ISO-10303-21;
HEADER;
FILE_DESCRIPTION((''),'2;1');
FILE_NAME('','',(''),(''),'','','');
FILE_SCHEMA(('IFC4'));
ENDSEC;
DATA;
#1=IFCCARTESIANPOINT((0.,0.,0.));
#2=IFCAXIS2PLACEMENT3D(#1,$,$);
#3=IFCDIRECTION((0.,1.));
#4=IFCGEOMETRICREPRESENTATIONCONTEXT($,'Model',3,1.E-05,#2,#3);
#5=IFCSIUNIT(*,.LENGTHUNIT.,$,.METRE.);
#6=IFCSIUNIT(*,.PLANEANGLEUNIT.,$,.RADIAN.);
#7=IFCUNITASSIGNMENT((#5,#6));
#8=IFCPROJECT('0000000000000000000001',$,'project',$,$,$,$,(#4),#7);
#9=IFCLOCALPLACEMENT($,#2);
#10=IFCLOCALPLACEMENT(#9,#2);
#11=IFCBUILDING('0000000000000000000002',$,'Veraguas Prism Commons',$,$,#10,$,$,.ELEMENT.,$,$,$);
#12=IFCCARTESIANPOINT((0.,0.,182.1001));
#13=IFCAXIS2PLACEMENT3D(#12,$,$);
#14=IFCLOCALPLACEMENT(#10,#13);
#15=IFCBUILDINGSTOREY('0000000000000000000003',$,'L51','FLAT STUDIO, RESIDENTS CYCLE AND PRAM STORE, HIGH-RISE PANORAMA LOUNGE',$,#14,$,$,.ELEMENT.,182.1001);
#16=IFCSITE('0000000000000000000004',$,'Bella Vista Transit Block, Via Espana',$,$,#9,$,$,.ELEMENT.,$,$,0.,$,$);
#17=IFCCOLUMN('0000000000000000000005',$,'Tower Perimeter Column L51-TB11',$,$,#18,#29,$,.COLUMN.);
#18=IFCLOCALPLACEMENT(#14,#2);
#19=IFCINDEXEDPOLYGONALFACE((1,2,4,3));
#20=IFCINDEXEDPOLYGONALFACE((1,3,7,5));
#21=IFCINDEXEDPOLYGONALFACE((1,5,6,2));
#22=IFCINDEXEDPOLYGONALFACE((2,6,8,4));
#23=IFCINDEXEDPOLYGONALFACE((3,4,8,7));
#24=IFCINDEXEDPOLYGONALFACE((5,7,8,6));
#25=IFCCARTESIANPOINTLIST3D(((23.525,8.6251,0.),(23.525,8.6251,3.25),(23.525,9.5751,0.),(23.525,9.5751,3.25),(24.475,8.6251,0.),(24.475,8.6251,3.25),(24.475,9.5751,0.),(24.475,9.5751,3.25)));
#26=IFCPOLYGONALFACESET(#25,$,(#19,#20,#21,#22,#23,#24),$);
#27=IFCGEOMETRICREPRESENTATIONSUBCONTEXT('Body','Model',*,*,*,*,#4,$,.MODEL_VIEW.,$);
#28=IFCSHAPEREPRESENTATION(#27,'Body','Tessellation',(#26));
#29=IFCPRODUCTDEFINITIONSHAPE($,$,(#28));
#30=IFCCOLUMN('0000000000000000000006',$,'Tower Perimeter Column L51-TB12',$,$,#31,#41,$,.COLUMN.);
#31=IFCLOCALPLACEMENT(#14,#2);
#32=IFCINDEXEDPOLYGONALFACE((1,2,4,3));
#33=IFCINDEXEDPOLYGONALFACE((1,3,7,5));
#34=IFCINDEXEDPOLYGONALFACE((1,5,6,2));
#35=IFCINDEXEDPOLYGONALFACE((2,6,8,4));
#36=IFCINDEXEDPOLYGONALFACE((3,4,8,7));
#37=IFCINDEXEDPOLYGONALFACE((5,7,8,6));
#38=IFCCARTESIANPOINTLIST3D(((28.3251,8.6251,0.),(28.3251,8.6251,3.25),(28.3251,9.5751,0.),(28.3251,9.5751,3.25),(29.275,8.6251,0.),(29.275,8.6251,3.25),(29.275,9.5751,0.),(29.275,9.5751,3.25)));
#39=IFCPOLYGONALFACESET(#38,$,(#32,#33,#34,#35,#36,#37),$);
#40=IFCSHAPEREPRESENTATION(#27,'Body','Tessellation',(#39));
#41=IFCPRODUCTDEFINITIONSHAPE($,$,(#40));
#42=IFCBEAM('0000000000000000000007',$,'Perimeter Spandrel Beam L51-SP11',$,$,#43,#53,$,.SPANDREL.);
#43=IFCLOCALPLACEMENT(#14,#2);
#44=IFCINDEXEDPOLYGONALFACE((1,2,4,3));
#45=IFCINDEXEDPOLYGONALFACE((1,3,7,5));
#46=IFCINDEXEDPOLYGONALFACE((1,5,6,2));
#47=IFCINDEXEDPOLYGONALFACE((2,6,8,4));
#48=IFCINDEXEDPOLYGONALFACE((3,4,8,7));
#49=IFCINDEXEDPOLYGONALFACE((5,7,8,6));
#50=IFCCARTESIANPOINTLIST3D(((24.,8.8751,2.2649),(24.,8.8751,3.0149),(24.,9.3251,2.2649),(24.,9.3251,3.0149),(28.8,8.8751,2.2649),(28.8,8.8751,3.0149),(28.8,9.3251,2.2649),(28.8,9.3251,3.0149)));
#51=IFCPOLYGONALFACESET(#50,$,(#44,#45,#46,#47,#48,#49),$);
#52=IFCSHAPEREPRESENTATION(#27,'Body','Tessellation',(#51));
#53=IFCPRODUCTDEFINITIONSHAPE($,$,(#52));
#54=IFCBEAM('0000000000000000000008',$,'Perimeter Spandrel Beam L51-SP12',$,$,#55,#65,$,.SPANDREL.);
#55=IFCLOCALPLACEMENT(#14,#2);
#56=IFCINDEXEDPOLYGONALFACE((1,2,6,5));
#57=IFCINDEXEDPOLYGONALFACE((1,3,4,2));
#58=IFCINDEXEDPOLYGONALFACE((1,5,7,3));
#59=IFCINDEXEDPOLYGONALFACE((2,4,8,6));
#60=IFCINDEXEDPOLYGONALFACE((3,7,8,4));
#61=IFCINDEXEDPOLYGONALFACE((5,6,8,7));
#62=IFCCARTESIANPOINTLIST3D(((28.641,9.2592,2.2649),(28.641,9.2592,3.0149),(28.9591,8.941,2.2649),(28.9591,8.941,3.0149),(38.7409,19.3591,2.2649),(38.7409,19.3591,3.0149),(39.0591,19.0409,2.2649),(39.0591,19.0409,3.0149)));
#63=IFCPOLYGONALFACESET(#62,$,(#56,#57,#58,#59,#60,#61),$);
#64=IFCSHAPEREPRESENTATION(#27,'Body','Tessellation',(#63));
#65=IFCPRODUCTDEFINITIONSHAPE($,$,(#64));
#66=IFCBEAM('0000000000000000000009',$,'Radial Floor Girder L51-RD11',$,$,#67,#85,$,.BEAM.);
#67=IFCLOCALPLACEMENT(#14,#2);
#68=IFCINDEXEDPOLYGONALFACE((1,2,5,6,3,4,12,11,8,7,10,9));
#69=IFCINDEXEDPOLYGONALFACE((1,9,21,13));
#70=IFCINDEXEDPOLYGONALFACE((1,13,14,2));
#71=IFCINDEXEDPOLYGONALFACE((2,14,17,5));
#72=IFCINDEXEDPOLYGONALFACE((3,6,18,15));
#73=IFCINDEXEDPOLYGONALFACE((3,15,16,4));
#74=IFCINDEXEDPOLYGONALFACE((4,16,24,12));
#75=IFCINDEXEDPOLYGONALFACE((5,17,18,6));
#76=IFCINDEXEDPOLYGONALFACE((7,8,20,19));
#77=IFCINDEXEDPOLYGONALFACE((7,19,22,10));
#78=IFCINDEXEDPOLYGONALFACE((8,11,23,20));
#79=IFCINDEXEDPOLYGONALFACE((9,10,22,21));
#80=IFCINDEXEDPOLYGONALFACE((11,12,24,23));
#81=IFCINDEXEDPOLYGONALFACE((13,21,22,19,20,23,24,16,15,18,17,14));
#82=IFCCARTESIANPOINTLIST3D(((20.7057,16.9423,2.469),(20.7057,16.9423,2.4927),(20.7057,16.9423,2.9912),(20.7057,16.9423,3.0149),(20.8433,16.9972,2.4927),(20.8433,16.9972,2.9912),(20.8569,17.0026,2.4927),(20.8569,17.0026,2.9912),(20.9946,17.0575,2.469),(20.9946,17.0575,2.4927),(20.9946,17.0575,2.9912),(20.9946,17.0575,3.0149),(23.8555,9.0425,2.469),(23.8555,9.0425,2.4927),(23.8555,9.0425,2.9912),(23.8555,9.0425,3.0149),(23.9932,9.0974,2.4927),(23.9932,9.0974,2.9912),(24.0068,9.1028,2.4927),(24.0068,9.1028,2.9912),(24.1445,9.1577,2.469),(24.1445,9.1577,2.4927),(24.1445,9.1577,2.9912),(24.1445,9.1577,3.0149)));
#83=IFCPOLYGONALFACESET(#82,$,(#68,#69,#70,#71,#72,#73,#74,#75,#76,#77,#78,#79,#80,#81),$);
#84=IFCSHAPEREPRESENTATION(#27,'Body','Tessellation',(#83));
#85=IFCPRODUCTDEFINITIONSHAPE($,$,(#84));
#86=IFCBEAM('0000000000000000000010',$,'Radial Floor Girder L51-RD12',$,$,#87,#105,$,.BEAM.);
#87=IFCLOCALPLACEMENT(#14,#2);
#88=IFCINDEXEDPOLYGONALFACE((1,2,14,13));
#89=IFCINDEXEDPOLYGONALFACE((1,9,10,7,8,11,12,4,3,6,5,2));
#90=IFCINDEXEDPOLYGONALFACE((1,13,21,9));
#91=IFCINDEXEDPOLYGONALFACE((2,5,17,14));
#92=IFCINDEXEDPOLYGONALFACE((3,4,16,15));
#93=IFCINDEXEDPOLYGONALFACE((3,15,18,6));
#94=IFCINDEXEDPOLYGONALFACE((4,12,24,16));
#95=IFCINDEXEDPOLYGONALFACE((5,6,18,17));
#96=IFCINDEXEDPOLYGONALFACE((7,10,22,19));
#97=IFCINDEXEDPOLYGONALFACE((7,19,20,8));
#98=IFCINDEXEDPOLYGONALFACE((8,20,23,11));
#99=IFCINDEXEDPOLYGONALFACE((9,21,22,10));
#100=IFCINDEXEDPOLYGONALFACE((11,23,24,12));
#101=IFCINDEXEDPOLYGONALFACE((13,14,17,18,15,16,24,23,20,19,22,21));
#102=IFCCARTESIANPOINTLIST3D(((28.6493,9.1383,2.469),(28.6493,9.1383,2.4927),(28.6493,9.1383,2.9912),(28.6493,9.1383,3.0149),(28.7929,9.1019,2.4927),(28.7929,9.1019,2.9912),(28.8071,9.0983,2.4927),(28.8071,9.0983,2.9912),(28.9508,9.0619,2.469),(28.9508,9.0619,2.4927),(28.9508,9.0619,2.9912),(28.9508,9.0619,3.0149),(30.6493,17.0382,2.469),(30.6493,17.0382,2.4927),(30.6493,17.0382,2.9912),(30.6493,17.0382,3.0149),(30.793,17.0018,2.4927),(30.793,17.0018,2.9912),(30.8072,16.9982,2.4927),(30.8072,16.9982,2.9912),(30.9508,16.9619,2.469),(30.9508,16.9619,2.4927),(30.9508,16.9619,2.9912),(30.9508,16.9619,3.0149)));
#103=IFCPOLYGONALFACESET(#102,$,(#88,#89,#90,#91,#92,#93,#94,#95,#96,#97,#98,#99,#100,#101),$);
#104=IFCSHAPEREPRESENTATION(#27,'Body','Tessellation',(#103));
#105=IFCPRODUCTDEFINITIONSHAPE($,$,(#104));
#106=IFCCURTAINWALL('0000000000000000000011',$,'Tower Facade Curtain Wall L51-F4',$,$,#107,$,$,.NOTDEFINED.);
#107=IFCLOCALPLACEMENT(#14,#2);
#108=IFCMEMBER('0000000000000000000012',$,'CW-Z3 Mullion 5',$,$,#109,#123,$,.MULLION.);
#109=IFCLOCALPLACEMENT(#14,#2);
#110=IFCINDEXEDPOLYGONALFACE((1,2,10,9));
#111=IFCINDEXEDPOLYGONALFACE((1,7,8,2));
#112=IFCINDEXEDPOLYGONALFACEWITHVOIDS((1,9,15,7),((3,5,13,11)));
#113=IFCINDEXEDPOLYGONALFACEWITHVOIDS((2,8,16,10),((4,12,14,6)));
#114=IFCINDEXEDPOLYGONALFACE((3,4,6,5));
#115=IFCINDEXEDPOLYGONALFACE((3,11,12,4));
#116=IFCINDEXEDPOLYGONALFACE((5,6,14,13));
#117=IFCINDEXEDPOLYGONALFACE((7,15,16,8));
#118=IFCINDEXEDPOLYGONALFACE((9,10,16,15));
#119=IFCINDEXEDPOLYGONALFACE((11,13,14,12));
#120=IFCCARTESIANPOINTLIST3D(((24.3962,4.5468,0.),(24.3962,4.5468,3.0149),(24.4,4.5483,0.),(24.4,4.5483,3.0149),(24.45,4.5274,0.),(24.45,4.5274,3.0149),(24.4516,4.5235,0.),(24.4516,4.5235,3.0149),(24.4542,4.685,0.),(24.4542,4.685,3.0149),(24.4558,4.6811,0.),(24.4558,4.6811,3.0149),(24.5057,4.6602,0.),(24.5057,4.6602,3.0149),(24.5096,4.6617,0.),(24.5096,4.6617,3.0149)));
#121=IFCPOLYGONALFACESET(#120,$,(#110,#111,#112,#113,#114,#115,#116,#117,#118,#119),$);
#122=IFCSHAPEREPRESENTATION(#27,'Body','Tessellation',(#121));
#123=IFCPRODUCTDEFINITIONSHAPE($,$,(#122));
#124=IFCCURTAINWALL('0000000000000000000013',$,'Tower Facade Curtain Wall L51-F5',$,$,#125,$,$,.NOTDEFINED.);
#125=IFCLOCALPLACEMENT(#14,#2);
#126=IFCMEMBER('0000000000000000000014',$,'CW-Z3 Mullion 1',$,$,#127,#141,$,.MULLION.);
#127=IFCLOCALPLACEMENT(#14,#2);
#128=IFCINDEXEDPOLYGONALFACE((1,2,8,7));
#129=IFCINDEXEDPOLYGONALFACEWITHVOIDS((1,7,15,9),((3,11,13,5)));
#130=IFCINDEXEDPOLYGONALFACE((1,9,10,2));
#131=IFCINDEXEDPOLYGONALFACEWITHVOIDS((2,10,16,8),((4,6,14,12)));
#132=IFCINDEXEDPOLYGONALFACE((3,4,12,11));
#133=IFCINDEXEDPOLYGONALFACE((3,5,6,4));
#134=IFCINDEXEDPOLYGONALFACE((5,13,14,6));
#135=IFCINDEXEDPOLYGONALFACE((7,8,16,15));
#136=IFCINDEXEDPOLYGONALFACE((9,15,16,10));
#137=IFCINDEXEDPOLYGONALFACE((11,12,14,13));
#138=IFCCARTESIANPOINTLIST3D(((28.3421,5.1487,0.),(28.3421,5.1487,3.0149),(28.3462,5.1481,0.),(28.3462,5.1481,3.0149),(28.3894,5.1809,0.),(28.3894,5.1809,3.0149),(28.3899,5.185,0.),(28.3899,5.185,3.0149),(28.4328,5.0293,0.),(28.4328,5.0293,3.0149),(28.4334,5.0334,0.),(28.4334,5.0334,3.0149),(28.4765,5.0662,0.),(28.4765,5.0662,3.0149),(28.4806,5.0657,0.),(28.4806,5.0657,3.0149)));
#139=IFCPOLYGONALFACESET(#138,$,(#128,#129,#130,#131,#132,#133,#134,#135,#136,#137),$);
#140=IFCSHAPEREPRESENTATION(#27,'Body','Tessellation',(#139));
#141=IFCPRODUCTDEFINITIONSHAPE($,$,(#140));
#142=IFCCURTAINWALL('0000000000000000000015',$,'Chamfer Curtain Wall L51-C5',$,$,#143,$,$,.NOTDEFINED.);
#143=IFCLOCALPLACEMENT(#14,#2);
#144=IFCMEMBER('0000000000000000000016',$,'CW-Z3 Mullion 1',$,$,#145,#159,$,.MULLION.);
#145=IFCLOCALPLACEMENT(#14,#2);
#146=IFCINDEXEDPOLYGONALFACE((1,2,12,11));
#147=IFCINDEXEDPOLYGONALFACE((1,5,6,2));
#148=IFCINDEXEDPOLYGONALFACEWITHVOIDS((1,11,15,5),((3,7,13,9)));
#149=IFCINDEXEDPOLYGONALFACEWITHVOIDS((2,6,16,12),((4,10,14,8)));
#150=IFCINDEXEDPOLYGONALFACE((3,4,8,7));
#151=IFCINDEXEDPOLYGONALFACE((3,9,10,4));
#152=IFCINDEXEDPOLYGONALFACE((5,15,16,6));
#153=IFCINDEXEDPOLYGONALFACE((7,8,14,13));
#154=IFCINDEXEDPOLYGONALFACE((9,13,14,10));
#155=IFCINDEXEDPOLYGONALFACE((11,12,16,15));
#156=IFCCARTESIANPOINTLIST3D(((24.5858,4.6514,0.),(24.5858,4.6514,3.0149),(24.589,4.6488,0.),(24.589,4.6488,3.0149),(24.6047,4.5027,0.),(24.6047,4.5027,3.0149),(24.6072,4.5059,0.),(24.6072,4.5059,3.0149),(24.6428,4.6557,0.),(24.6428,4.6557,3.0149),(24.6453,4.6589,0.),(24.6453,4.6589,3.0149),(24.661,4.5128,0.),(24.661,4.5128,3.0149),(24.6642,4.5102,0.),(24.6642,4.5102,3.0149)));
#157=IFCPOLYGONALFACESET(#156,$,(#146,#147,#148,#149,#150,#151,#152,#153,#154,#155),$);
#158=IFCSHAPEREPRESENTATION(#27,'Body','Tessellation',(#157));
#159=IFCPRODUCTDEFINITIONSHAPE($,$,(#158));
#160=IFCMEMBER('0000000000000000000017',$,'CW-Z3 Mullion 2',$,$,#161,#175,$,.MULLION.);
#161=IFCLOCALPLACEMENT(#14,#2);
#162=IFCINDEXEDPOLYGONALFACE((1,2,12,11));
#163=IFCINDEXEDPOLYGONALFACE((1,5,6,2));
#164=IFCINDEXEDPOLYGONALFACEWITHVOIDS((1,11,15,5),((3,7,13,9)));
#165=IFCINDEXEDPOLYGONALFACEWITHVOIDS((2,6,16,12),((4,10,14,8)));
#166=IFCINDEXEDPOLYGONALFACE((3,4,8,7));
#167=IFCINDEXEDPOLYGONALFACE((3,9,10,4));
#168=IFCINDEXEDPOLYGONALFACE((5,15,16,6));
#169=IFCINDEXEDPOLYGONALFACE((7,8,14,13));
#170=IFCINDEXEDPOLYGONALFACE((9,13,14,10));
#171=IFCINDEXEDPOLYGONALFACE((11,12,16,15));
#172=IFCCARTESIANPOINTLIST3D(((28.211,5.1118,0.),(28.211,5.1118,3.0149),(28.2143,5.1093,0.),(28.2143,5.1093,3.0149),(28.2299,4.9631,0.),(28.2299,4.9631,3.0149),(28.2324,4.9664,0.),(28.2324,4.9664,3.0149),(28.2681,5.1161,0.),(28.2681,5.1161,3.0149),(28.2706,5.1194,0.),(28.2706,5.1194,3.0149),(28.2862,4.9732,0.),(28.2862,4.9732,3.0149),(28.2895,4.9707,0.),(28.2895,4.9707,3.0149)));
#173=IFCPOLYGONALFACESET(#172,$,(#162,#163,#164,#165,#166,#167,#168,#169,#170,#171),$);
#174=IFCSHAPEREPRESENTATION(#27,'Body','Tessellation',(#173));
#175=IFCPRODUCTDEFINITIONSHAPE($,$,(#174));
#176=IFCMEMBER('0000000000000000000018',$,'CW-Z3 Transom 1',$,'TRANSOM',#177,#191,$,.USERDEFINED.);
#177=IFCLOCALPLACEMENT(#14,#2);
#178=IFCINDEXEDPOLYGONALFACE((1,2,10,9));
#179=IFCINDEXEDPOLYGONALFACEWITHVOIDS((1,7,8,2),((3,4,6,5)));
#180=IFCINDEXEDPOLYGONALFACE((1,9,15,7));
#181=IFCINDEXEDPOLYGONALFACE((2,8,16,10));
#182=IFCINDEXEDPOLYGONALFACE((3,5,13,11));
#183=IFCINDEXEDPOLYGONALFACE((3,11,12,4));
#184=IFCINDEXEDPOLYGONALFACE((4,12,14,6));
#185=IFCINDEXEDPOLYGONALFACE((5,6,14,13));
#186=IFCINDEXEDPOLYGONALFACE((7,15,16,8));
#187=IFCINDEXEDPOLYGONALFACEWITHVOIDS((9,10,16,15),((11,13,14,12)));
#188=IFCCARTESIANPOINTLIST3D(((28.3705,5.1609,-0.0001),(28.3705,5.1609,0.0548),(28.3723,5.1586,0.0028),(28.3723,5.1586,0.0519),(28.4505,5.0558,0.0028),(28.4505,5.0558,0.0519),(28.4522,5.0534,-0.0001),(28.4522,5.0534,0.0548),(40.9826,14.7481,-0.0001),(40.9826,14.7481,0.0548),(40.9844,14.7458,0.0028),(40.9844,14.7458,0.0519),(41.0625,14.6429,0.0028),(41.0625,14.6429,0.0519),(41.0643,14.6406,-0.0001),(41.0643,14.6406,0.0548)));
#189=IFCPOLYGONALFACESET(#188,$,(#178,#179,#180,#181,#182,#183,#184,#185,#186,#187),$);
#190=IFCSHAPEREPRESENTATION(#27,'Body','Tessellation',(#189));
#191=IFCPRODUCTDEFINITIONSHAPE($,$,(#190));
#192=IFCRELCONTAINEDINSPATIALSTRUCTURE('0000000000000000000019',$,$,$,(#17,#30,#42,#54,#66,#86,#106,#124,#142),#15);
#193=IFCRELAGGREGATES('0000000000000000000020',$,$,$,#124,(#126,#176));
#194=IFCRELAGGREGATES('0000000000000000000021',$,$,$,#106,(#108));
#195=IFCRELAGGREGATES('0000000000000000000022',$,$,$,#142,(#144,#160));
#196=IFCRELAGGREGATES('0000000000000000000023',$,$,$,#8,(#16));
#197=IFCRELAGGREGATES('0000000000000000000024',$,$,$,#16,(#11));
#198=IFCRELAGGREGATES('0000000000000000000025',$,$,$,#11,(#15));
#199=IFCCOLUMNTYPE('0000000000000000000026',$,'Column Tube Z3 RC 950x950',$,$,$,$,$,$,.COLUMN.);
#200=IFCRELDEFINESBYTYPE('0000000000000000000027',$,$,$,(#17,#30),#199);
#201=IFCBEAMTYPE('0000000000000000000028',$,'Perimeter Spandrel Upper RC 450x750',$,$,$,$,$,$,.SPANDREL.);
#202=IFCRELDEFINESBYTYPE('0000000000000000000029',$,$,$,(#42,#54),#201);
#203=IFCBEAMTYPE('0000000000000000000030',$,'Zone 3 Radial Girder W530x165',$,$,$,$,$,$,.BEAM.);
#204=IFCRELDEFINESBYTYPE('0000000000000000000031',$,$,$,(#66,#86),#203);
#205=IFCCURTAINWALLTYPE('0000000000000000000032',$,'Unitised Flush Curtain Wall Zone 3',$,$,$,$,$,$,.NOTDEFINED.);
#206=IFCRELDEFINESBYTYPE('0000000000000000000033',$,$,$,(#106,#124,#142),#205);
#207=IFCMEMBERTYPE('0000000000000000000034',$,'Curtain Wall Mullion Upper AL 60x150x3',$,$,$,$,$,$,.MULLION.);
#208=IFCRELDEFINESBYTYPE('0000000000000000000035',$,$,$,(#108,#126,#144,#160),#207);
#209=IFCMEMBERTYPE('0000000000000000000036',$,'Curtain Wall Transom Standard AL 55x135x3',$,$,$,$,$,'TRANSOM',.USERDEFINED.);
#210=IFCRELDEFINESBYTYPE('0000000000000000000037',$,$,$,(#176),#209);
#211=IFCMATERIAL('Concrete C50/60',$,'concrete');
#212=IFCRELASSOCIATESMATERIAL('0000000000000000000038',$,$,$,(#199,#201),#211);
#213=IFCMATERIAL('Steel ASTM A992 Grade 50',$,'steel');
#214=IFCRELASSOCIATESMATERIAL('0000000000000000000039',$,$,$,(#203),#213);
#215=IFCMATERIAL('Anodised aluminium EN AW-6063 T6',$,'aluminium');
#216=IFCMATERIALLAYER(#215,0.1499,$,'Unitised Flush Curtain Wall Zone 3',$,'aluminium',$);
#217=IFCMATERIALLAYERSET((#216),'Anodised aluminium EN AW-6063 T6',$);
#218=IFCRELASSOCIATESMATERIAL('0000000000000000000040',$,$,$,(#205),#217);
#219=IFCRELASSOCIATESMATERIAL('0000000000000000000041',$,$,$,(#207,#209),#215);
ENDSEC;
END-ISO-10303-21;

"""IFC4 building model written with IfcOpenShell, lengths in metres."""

from ifc_helpers import new_model, si_unit, direction, frame, origin, origin_2d, place, context, subcontext, project, spatial, rectangle, hollow_rectangle, i_section, extrude, source, transform, mapped, material, layer, layer_set, material_profile, profile_set, type_object, element, aggregate, save


model = new_model("IFC4")

# Units and contexts
model_context = context("Model", 3, precision=1e-05, world=origin(), true_north=direction((0.0, 1.0)))
body_context = subcontext(model_context, "Body", "Model", "MODEL_VIEW")
ifc_project = project(units=[si_unit("LENGTHUNIT", "METRE"), si_unit("PLANEANGLEUNIT", "RADIAN")], contexts=[model_context])

# Site, building, storey
site_placement = place(None, origin())
site = spatial("IfcSite", under=ifc_project, at=site_placement, Name="Bella Vista Transit Block, Via Espana", CompositionType="ELEMENT", RefElevation=0.0)
building_placement = place(site_placement, origin())
building = spatial("IfcBuilding", under=site, at=building_placement, Name="Veraguas Prism Commons", CompositionType="ELEMENT")
storey_placement = place(building_placement, frame((0.0, 0.0, 182.1001)))
storey = spatial("IfcBuildingStorey", under=building, at=storey_placement, Name="L51", Description="FLAT STUDIO, RESIDENTS CYCLE AND PRAM STORE, HIGH-RISE PANORAMA LOUNGE", CompositionType="ELEMENT", Elevation=182.1001)

# Columns
ifc_material_1 = material(Name="Concrete C50/60", Category="concrete")
ifc_material_profile_1 = material_profile(ifc_material_1, rectangle(XDim=0.95, YDim=0.95, at=origin_2d()), Name="RC950X950")
ifc_profile_set_1 = profile_set([ifc_material_profile_1], Name="Concrete C50/60")
column_type = type_object("IfcColumnType", Name="Column Tube Z3 RC 950x950", PredefinedType="COLUMN", material=ifc_profile_set_1)
for number, where, z_axis, x_axis, name in (
    (1, (24.0, 9.1001, 0.0), (0.0, 0.0, 1.0), (1.0, 0.0, 0.0), "Tower Perimeter Column L51-TB11"),
    (2, (28.8, 9.1001, 0.0), (0.0, 0.0, 1.0), (1.0, 0.0, 0.0), "Tower Perimeter Column L51-TB12"),
):
    element("IfcColumn", number, at=place(storey_placement, frame(where, z_axis=z_axis, x_axis=x_axis)), inside=storey, type_object=column_type, Name=name, PredefinedType="COLUMN", context=body_context, shape_type="SweptSolid", body=[
        extrude(rectangle(XDim=0.95, YDim=0.95, at=origin_2d()), origin(), (0.0, 0.0, 1.0), 3.25),
    ])

# Beams
ifc_material_profile_2 = material_profile(ifc_material_1, rectangle(XDim=0.45, YDim=0.75, at=origin_2d()), Name="RC450X750")
ifc_profile_set_2 = profile_set([ifc_material_profile_2], Name="Concrete C50/60")
beam_type_1 = type_object("IfcBeamType", Name="Perimeter Spandrel Upper RC 450x750", PredefinedType="SPANDREL", material=ifc_profile_set_2)
beam_1_placement = place(storey_placement, frame((24.0, 9.1001, 2.6399), z_axis=(1.0, 0.0, 0.0), x_axis=(0.0, 1.0, 0.0)))
element("IfcBeam", 3, at=beam_1_placement, inside=storey, type_object=beam_type_1, Name="Perimeter Spandrel Beam L51-SP11", PredefinedType="SPANDREL", context=body_context, shape_type="SweptSolid", body=[
    extrude(rectangle(XDim=0.45, YDim=0.75, at=origin_2d()), origin(), (0.0, 0.0, 1.0), 4.8),
])
beam_2_placement = place(storey_placement, frame((28.8, 9.1001, 2.6399), z_axis=(0.707107, 0.707107, 0.0), x_axis=(-0.707107, 0.707107, 0.0)))
element("IfcBeam", 4, at=beam_2_placement, inside=storey, type_object=beam_type_1, Name="Perimeter Spandrel Beam L51-SP12", PredefinedType="SPANDREL", context=body_context, shape_type="SweptSolid", body=[
    extrude(rectangle(XDim=0.45, YDim=0.75, at=origin_2d()), origin(), (0.0, 0.0, 1.0), 14.2834),
])
ifc_material_2 = material(Name="Steel ASTM A992 Grade 50", Category="steel")
ifc_material_profile_3 = material_profile(ifc_material_2, i_section(OverallWidth=0.311, OverallDepth=0.5459, WebThickness=0.0146, FlangeThickness=0.0237, at=origin_2d()), Name="W530X165")
ifc_profile_set_3 = profile_set([ifc_material_profile_3], Name="Steel ASTM A992 Grade 50")
beam_type_2 = type_object("IfcBeamType", Name="Zone 3 Radial Girder W530x165", PredefinedType="BEAM", material=ifc_profile_set_3)
beam_3_placement = place(storey_placement, frame((24.0, 9.1001, 2.7419), z_axis=(-0.370371, 0.928884, 0.0), x_axis=(-0.928884, -0.370371, 0.0)))
element("IfcBeam", 5, at=beam_3_placement, inside=storey, type_object=beam_type_2, Name="Radial Floor Girder L51-RD11", PredefinedType="BEAM", context=body_context, shape_type="SweptSolid", body=[
    extrude(i_section(OverallWidth=0.311, OverallDepth=0.5459, WebThickness=0.0146, FlangeThickness=0.0237, at=origin_2d()), origin(), (0.0, 0.0, 1.0), 8.5046),
])
beam_4_placement = place(storey_placement, frame((28.8, 9.1001, 2.7419), z_axis=(0.245425, 0.969416, 0.0), x_axis=(-0.969416, 0.245425, 0.0)))
element("IfcBeam", 6, at=beam_4_placement, inside=storey, type_object=beam_type_2, Name="Radial Floor Girder L51-RD12", PredefinedType="BEAM", context=body_context, shape_type="SweptSolid", body=[
    extrude(i_section(OverallWidth=0.311, OverallDepth=0.5459, WebThickness=0.0146, FlangeThickness=0.0237, at=origin_2d()), origin(), (0.0, 0.0, 1.0), 8.1492),
])

# Curtain walls, members
ifc_material_3 = material(Name="Anodised aluminium EN AW-6063 T6", Category="aluminium")
ifc_layer_1 = layer(ifc_material_3, 0.1499, Name="Unitised Flush Curtain Wall Zone 3", Category="aluminium")
ifc_layer_set_1 = layer_set([ifc_layer_1], Name="Anodised aluminium EN AW-6063 T6")
curtain_wall_type = type_object("IfcCurtainWallType", Name="Unitised Flush Curtain Wall Zone 3", PredefinedType="NOTDEFINED", material=ifc_layer_set_1)
curtain_wall_1_placement = place(storey_placement, origin())
curtain_wall_1 = element("IfcCurtainWall", 7, at=curtain_wall_1_placement, inside=storey, type_object=curtain_wall_type, Name="Tower Facade Curtain Wall L51-F4", PredefinedType="NOTDEFINED")
ifc_material_profile_4 = material_profile(ifc_material_3, hollow_rectangle(XDim=0.0601, YDim=0.1499, WallThickness=0.0029, at=origin_2d()), Name="AL60X150X3")
ifc_profile_set_4 = profile_set([ifc_material_profile_4], Name="Anodised aluminium EN AW-6063 T6")
member_type_1 = type_object("IfcMemberType", Name="Curtain Wall Mullion Upper AL 60x150x3", PredefinedType="MULLION", material=ifc_profile_set_4)
shared_shape_1 = source(origin(), body_context, "Body", "SweptSolid", [
    extrude(hollow_rectangle(XDim=0.0601, YDim=0.1499, WallThickness=0.0029, at=origin_2d()), origin(), (0.0, 0.0, 1.0), 3.0149),
])
member_1_placement = place(storey_placement, frame((24.4529, 4.6042, 0.0), z_axis=(0.0, 0.0, 1.0), x_axis=(0.922134, -0.38687, 0.0)))
member_1 = element("IfcMember", 8, at=member_1_placement, type_object=member_type_1, Name="CW-Z3 Mullion 5", PredefinedType="MULLION", context=body_context, shape_type="MappedRepresentation", body=[
    mapped(shared_shape_1, transform((0.0, 0.0, 0.0), scale=1.0)),
])
curtain_wall_2_placement = place(storey_placement, origin())
curtain_wall_2 = element("IfcCurtainWall", 9, at=curtain_wall_2_placement, inside=storey, type_object=curtain_wall_type, Name="Tower Facade Curtain Wall L51-F5", PredefinedType="NOTDEFINED")
member_2_placement = place(storey_placement, frame((28.4114, 5.1072, 0.0), z_axis=(0.0, 0.0, 1.0), x_axis=(0.796104, 0.605159, 0.0)))
member_2 = element("IfcMember", 10, at=member_2_placement, type_object=member_type_1, Name="CW-Z3 Mullion 1", PredefinedType="MULLION", context=body_context, shape_type="MappedRepresentation", body=[
    mapped(shared_shape_1, transform((0.0, 0.0, 0.0), scale=1.0)),
])

# Curtain wall, members
curtain_wall_3_placement = place(storey_placement, origin())
curtain_wall_3 = element("IfcCurtainWall", 11, at=curtain_wall_3_placement, inside=storey, type_object=curtain_wall_type, Name="Chamfer Curtain Wall L51-C5", PredefinedType="NOTDEFINED")
member_3_placement = place(storey_placement, frame((24.625, 4.5808, 0.0), z_axis=(0.0, 0.0, 1.0), x_axis=(0.992031, 0.125996, 0.0)))
member_3 = element("IfcMember", 12, at=member_3_placement, type_object=member_type_1, Name="CW-Z3 Mullion 1", PredefinedType="MULLION", context=body_context, shape_type="MappedRepresentation", body=[
    mapped(shared_shape_1, transform((0.0, 0.0, 0.0), scale=1.0)),
])
member_4_placement = place(storey_placement, frame((28.2502, 5.0413, 0.0), z_axis=(0.0, 0.0, 1.0), x_axis=(0.992031, 0.125996, 0.0)))
member_4 = element("IfcMember", 13, at=member_4_placement, type_object=member_type_1, Name="CW-Z3 Mullion 2", PredefinedType="MULLION", context=body_context, shape_type="MappedRepresentation", body=[
    mapped(shared_shape_1, transform((0.0, 0.0, 0.0), scale=1.0)),
])

# Member
ifc_material_profile_5 = material_profile(ifc_material_3, hollow_rectangle(XDim=0.0549, YDim=0.135, WallThickness=0.0029, at=origin_2d()), Name="AL55X135X3")
ifc_profile_set_5 = profile_set([ifc_material_profile_5], Name="Anodised aluminium EN AW-6063 T6")
member_type_2 = type_object("IfcMemberType", Name="Curtain Wall Transom Standard AL 55x135x3", ElementType="TRANSOM", PredefinedType="USERDEFINED", material=ifc_profile_set_5)
shared_shape_2 = source(origin(), body_context, "Body", "SweptSolid", [
    extrude(hollow_rectangle(XDim=0.0549, YDim=0.135, WallThickness=0.0029, at=origin_2d()), origin(), (0.0, 0.0, 1.0), 15.8423),
])
member_5_placement = place(storey_placement, frame((28.4114, 5.1072, 0.0273), z_axis=(0.796102, 0.605163, 0.0), x_axis=(0.0, 0.0, 1.0)))
member_5 = element("IfcMember", 14, at=member_5_placement, type_object=member_type_2, Name="CW-Z3 Transom 1", ObjectType="TRANSOM", PredefinedType="USERDEFINED", context=body_context, shape_type="MappedRepresentation", body=[
    mapped(shared_shape_2, transform((0.0, 0.0, 0.0), scale=1.0)),
])
aggregate(curtain_wall_2, [member_2, member_5])

aggregate(curtain_wall_1, [member_1])
aggregate(curtain_wall_3, [member_3, member_4])

save(model, "model.ifc")
